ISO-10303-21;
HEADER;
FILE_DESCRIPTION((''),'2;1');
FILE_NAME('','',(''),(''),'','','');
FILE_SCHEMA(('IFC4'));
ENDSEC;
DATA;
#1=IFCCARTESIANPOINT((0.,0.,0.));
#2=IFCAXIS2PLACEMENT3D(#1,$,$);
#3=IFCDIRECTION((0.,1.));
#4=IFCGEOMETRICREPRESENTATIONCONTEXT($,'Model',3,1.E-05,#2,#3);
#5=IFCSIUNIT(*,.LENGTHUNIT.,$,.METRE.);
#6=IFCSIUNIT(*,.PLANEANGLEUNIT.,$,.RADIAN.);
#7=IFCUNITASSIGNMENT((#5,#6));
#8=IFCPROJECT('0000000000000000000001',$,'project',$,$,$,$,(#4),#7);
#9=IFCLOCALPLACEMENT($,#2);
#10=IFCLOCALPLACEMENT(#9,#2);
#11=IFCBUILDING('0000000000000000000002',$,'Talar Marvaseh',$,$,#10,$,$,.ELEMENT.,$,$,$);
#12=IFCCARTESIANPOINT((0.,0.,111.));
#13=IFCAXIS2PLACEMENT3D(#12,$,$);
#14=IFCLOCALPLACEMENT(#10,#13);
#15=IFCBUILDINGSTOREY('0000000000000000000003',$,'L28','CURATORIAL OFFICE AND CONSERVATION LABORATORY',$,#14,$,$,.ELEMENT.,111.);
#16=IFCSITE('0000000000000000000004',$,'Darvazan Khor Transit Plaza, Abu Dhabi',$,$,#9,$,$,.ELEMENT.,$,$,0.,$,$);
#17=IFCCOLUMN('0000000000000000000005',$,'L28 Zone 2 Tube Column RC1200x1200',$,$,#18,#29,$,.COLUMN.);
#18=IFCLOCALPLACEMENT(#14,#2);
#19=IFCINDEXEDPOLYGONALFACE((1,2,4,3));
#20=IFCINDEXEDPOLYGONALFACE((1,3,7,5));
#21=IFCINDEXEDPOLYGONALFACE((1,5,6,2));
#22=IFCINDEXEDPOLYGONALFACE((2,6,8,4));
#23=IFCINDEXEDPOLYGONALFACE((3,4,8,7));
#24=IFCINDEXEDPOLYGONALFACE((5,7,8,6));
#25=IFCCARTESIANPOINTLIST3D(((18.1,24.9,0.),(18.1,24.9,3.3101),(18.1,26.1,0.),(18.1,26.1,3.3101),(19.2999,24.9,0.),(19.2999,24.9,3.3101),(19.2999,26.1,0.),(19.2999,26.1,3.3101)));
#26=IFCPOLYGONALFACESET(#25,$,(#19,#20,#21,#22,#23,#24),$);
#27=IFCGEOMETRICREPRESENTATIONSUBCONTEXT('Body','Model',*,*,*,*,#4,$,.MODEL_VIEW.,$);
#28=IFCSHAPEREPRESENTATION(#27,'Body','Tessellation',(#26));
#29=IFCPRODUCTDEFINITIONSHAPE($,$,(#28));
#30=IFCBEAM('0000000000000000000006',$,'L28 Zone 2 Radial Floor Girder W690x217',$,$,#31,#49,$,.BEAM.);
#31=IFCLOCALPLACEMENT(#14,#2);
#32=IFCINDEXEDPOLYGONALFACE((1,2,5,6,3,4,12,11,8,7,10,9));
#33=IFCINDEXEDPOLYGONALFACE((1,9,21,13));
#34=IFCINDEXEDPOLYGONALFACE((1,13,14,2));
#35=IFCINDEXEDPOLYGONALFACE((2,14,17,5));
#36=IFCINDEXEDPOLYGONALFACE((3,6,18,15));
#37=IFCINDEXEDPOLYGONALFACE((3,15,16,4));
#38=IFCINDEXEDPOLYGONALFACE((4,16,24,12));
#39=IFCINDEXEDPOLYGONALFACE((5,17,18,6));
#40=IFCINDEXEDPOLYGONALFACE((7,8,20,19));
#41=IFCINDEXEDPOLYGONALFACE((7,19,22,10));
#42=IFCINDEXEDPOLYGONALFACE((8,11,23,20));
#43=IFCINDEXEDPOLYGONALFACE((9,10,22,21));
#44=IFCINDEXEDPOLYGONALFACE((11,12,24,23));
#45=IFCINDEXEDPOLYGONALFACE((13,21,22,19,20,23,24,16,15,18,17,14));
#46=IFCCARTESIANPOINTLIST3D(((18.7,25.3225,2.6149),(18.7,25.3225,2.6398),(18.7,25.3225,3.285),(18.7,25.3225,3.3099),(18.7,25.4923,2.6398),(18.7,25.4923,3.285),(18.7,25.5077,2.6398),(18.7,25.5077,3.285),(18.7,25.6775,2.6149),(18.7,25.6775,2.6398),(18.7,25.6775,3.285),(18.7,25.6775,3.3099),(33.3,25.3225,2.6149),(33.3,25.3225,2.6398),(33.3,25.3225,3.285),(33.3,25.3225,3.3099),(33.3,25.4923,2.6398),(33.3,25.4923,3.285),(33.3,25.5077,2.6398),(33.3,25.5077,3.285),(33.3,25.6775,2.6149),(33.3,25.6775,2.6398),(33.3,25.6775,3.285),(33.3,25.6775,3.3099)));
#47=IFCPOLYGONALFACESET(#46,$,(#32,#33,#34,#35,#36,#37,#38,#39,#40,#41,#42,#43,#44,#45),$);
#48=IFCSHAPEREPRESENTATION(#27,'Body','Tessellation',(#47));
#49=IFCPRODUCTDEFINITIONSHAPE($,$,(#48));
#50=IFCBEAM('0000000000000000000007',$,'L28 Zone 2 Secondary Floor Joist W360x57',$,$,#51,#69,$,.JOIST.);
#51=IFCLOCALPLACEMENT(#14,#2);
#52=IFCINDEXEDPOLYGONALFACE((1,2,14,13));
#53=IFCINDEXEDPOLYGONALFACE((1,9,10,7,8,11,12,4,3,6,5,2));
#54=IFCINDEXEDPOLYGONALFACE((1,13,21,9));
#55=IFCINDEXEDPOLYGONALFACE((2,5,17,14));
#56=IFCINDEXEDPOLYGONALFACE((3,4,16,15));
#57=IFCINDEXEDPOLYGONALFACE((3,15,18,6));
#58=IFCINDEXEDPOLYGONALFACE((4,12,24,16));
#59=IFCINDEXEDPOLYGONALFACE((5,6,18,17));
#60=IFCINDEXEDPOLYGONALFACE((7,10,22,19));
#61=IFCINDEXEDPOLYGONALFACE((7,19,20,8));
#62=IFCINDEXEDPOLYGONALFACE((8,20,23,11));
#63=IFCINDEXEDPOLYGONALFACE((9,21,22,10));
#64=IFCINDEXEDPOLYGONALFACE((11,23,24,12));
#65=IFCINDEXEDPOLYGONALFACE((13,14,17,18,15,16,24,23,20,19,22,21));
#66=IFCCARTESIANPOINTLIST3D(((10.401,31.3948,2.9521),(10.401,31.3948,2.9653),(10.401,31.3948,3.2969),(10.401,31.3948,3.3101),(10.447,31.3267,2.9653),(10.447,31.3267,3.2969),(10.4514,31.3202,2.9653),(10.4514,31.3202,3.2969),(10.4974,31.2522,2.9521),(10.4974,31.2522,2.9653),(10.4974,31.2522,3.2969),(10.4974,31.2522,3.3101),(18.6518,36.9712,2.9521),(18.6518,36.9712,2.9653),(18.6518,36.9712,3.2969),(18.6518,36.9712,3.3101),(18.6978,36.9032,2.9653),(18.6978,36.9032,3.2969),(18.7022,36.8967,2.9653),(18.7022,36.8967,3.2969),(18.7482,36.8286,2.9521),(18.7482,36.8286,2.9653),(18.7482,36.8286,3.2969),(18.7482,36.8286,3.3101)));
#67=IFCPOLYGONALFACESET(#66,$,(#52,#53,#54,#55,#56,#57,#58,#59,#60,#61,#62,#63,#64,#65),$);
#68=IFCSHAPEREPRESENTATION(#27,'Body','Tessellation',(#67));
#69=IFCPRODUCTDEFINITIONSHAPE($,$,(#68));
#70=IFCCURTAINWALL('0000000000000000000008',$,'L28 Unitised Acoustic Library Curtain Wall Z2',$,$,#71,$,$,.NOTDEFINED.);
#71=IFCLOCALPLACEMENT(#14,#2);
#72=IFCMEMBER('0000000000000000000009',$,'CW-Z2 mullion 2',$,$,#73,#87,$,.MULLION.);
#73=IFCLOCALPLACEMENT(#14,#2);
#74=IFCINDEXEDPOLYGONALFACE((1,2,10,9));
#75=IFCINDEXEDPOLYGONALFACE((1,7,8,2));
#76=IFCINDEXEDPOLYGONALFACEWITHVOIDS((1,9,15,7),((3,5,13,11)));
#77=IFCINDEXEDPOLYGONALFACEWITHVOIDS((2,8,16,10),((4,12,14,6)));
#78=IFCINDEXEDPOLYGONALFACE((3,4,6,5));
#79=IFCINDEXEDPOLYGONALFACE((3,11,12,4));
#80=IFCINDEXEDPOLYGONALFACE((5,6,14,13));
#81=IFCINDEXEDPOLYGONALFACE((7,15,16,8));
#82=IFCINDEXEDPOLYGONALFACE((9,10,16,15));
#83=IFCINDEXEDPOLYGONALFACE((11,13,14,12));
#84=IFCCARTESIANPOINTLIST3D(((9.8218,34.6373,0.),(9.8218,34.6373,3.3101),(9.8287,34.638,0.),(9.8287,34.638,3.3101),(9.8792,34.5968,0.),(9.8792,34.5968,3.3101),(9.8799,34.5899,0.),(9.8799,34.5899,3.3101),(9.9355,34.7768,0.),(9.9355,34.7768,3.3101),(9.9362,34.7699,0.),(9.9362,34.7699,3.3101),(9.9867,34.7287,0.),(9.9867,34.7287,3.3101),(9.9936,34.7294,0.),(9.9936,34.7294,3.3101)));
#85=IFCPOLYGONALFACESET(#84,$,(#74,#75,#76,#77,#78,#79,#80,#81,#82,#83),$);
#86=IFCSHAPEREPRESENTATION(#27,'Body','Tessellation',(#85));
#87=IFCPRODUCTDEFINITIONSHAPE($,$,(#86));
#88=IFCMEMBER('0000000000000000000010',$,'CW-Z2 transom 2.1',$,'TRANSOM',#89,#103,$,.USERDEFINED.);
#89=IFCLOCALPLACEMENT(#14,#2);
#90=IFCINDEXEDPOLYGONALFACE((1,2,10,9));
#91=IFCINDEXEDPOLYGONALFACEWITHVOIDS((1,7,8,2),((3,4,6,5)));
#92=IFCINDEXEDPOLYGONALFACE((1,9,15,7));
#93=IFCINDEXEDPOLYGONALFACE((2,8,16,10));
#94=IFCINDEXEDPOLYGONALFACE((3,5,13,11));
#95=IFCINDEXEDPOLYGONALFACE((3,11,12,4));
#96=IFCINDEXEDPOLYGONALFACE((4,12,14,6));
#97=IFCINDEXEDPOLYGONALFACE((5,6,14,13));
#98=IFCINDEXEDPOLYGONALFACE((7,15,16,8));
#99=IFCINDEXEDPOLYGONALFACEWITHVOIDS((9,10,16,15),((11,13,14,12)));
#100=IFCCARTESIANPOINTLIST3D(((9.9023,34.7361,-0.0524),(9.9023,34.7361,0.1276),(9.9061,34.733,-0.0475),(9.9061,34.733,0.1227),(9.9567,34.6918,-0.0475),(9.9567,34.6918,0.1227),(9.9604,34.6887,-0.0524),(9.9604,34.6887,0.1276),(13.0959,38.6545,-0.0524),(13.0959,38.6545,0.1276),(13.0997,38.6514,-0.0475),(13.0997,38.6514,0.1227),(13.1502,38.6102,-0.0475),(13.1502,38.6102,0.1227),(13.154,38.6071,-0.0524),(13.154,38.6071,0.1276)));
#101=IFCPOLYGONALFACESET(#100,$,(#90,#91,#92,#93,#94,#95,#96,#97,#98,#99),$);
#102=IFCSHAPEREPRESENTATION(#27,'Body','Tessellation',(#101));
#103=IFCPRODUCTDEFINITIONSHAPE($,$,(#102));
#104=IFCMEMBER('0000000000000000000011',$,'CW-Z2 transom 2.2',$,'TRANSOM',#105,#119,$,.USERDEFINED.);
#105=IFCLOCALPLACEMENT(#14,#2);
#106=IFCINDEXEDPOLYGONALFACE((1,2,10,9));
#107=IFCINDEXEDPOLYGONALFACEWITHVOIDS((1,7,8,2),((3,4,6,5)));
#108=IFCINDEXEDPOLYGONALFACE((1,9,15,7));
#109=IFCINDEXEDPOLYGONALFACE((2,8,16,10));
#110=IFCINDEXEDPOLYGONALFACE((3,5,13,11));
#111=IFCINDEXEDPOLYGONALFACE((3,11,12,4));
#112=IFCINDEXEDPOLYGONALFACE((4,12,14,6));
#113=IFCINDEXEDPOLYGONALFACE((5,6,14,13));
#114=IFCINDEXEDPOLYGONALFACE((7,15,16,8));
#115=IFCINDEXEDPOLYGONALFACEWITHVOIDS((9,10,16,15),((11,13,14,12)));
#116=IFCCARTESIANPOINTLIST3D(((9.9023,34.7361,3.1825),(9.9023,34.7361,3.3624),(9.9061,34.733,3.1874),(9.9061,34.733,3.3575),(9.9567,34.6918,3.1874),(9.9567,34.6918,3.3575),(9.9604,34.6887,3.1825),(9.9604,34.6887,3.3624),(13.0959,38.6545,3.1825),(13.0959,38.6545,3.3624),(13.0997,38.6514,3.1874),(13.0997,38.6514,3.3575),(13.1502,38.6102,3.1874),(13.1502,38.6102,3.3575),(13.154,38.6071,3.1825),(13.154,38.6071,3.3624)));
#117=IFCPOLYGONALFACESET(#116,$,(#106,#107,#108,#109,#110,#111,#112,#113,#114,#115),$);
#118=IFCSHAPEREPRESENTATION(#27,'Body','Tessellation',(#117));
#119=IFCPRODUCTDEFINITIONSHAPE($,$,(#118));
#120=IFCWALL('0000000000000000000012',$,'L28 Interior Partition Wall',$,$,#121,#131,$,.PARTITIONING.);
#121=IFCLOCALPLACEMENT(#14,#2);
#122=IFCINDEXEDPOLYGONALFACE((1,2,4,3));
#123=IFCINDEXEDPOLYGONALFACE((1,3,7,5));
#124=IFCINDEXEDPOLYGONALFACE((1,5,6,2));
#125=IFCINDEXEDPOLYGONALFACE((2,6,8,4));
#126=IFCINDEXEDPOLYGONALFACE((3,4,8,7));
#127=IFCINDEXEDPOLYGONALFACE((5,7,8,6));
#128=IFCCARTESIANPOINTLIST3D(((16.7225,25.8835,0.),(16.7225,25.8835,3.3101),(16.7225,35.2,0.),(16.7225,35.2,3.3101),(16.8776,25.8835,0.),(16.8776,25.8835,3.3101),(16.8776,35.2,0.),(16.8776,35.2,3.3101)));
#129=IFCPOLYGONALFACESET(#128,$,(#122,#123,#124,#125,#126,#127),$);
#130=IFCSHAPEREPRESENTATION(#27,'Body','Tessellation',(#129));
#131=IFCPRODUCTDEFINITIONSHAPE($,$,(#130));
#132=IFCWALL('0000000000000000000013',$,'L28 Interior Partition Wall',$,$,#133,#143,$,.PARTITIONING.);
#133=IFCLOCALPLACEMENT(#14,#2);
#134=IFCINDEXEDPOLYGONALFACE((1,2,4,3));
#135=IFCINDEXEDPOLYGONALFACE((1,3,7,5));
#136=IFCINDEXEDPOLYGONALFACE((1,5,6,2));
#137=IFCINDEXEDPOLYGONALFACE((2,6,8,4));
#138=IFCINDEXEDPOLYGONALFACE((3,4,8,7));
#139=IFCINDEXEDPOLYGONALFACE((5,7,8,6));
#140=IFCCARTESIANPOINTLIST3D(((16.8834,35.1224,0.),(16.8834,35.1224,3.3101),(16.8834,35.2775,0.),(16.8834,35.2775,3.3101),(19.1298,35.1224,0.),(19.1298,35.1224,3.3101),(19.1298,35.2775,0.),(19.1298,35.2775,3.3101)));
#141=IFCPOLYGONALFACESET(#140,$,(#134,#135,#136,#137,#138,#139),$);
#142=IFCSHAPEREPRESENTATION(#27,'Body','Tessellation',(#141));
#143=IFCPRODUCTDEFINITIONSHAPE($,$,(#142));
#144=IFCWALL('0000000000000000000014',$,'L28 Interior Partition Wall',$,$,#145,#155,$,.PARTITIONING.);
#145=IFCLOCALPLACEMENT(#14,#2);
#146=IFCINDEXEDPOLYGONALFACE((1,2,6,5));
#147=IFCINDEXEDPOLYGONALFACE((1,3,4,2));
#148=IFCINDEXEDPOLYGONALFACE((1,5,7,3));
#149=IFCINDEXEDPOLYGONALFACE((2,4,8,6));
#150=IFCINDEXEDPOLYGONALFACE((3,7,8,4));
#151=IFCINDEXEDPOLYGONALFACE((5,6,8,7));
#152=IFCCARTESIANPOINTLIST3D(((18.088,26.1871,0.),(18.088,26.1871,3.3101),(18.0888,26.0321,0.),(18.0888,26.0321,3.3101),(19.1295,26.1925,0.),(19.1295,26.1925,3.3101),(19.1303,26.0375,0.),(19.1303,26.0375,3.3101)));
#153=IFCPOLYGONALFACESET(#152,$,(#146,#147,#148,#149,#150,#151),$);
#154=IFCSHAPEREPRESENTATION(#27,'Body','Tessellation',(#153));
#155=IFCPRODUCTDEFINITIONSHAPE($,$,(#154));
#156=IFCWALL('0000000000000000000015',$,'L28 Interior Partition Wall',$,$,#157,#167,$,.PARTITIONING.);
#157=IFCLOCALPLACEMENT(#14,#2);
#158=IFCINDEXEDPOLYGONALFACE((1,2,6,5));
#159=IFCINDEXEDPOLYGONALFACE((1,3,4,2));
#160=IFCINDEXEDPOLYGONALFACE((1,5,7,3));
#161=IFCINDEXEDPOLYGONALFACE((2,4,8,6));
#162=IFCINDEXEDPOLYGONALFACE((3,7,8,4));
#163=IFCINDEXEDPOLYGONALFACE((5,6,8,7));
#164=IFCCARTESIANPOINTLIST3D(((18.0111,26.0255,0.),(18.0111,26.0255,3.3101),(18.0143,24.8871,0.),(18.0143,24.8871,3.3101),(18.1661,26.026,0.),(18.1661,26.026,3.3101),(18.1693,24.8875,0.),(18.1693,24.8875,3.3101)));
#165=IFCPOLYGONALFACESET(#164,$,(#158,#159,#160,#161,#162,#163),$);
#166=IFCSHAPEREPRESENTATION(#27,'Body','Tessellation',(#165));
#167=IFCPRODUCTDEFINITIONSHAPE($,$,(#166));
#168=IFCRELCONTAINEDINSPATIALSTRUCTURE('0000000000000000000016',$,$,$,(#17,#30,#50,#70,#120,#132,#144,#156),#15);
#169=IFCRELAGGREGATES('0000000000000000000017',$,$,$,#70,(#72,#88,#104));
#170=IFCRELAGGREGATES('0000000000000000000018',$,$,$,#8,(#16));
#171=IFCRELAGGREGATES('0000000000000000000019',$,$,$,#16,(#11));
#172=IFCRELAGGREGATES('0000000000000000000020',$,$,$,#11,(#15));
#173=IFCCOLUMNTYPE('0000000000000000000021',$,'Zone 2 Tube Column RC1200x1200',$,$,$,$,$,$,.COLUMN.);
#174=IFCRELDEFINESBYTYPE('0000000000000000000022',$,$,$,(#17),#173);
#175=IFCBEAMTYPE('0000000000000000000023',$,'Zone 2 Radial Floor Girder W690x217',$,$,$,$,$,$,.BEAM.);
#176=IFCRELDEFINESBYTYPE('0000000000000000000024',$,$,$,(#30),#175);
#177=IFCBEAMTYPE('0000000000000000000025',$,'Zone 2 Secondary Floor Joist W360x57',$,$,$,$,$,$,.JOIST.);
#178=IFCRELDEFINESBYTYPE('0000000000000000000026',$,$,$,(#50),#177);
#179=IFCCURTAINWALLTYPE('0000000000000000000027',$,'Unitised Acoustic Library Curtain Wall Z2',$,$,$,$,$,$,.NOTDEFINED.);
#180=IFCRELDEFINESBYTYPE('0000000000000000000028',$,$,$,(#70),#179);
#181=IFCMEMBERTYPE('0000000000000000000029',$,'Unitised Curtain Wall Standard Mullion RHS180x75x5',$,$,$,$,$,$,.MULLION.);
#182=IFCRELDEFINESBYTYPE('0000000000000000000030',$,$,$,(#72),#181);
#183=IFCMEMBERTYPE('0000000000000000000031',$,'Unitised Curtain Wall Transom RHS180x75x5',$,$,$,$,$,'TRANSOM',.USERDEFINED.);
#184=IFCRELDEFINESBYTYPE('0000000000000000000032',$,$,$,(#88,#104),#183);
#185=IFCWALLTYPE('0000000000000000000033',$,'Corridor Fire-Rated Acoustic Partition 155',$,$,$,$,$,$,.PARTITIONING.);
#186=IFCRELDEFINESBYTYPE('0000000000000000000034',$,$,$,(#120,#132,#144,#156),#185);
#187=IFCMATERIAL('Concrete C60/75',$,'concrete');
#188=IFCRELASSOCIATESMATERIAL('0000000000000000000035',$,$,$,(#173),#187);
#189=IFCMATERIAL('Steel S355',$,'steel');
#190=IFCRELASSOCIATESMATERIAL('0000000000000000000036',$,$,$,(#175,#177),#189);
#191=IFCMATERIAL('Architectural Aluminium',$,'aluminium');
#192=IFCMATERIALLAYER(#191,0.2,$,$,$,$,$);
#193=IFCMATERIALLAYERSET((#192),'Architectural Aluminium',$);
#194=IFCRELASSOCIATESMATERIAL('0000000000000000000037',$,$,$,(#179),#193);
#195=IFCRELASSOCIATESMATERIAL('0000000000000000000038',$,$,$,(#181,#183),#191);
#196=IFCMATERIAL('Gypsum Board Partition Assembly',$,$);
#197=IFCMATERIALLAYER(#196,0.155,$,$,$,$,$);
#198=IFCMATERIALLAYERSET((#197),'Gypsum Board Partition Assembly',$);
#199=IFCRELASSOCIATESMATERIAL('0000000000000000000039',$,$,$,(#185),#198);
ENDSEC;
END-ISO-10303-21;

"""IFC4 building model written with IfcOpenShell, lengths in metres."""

from ifc_helpers import new_model, si_unit, direction, frame, frame_2d, origin, origin_2d, place, context, subcontext, project, spatial, rectangle, hollow_rectangle, i_section, extrude, source, transform, mapped, material, layer, layer_set, material_profile, profile_set, type_object, type_shapes, element, aggregate, save


model = new_model("IFC4")

# Units and contexts
model_context = context("Model", 3, precision=1e-05, world=origin(), true_north=direction((0.0, 1.0)))
body_context = subcontext(model_context, "Body", "Model", "MODEL_VIEW")
ifc_project = project(units=[si_unit("LENGTHUNIT", "METRE"), si_unit("PLANEANGLEUNIT", "RADIAN")], contexts=[model_context])

# Site, building, storey
site_placement = place(None, origin())
site = spatial("IfcSite", under=ifc_project, at=site_placement, Name="Darvazan Khor Transit Plaza, Abu Dhabi", CompositionType="ELEMENT", RefElevation=0.0)
building_placement = place(site_placement, origin())
building = spatial("IfcBuilding", under=site, at=building_placement, Name="Talar Marvaseh", CompositionType="ELEMENT")
storey_placement = place(building_placement, frame((0.0, 0.0, 111.0)))
storey = spatial("IfcBuildingStorey", under=building, at=storey_placement, Name="L28", Description="CURATORIAL OFFICE AND CONSERVATION LABORATORY", CompositionType="ELEMENT", Elevation=111.0)

# Column
ifc_material_1 = material(Name="Concrete C60/75", Category="concrete")
ifc_material_profile_1 = material_profile(ifc_material_1, rectangle(XDim=1.2, YDim=1.2, at=origin_2d()), Name="RC1200x1200")
ifc_profile_set_1 = profile_set([ifc_material_profile_1], Name="Concrete C60/75")
column_type = type_object("IfcColumnType", Name="Zone 2 Tube Column RC1200x1200", PredefinedType="COLUMN", material=ifc_profile_set_1)
column_placement = place(storey_placement, frame((18.7, 25.5, 0.0), z_axis=(0.0, 0.0, 1.0), x_axis=(1.0, 0.0, 0.0)))
element("IfcColumn", 1, at=column_placement, inside=storey, type_object=column_type, Name="L28 Zone 2 Tube Column RC1200x1200", PredefinedType="COLUMN", context=body_context, shape_type="SweptSolid", body=[
    extrude(rectangle(XDim=1.2, YDim=1.2, at=origin_2d()), origin(), (0.0, 0.0, 1.0), 3.3101),
])

# Beams
ifc_material_2 = material(Name="Steel S355", Category="steel")
ifc_material_profile_2 = material_profile(ifc_material_2, i_section(OverallWidth=0.355, OverallDepth=0.6951, WebThickness=0.0154, FlangeThickness=0.0249, at=origin_2d()), Name="W690x217")
ifc_profile_set_2 = profile_set([ifc_material_profile_2], Name="Steel S355")
beam_type_1 = type_object("IfcBeamType", Name="Zone 2 Radial Floor Girder W690x217", PredefinedType="BEAM", material=ifc_profile_set_2)
beam_1_placement = place(storey_placement, frame((18.7, 25.5, 2.9624), z_axis=(1.0, 0.0, 0.0), x_axis=(0.0, 1.0, 0.0)))
element("IfcBeam", 2, at=beam_1_placement, inside=storey, type_object=beam_type_1, Name="L28 Zone 2 Radial Floor Girder W690x217", PredefinedType="BEAM", context=body_context, shape_type="SweptSolid", body=[
    extrude(i_section(OverallWidth=0.355, OverallDepth=0.6951, WebThickness=0.0154, FlangeThickness=0.0249, at=origin_2d()), origin(), (0.0, 0.0, 1.0), 14.6001),
])
ifc_material_profile_3 = material_profile(ifc_material_2, i_section(OverallWidth=0.1721, OverallDepth=0.3579, WebThickness=0.0078, FlangeThickness=0.0132, at=origin_2d()), Name="W360x57")
ifc_profile_set_3 = profile_set([ifc_material_profile_3], Name="Steel S355")
beam_type_2 = type_object("IfcBeamType", Name="Zone 2 Secondary Floor Joist W360x57", PredefinedType="JOIST", material=ifc_profile_set_3)
beam_2_placement = place(storey_placement, frame((10.4492, 31.3235, 3.1311), z_axis=(0.828515, 0.559967, 0.0), x_axis=(-0.559967, 0.828515, 0.0)))
element("IfcBeam", 3, at=beam_2_placement, inside=storey, type_object=beam_type_2, Name="L28 Zone 2 Secondary Floor Joist W360x57", PredefinedType="JOIST", context=body_context, shape_type="SweptSolid", body=[
    extrude(i_section(OverallWidth=0.1721, OverallDepth=0.3579, WebThickness=0.0078, FlangeThickness=0.0132, at=origin_2d()), origin(), (0.0, 0.0, 1.0), 9.9585),
])

# Curtain wall, members
ifc_material_3 = material(Name="Architectural Aluminium", Category="aluminium")
ifc_layer_1 = layer(ifc_material_3, 0.2)
ifc_layer_set_1 = layer_set([ifc_layer_1], Name="Architectural Aluminium")
curtain_wall_type = type_object("IfcCurtainWallType", Name="Unitised Acoustic Library Curtain Wall Z2", PredefinedType="NOTDEFINED", material=ifc_layer_set_1)
curtain_wall_placement = place(storey_placement, origin())
curtain_wall = element("IfcCurtainWall", 4, at=curtain_wall_placement, inside=storey, type_object=curtain_wall_type, Name="L28 Unitised Acoustic Library Curtain Wall Z2", PredefinedType="NOTDEFINED")
ifc_material_profile_4 = material_profile(ifc_material_3, hollow_rectangle(XDim=0.075, YDim=0.1799, WallThickness=0.0049, at=origin_2d()), Name="RHS180x75x5")
ifc_profile_set_4 = profile_set([ifc_material_profile_4], Name="Architectural Aluminium")
member_type_1 = type_object("IfcMemberType", Name="Unitised Curtain Wall Standard Mullion RHS180x75x5", PredefinedType="MULLION", material=ifc_profile_set_4)
shared_shape_1 = source(origin(), body_context, "Body", "SweptSolid", [
    extrude(hollow_rectangle(XDim=0.075, YDim=0.1799, WallThickness=0.0049, at=origin_2d()), origin(), (0.0, 0.0, 1.0), 3.3101),
])
type_shapes(member_type_1, [shared_shape_1])
member_1_placement = place(storey_placement, frame((9.9077, 34.6833, 0.0), z_axis=(0.0, 0.0, 1.0), x_axis=(-0.775146, 0.631782, 0.0)))
member_1 = element("IfcMember", 5, at=member_1_placement, type_object=member_type_1, Name="CW-Z2 mullion 2", PredefinedType="MULLION", context=body_context, shape_type="MappedRepresentation", body=[
    mapped(shared_shape_1, transform((0.0, 0.0, 0.0), x_axis=(1.0, 0.0, 0.0), y_axis=(0.0, 1.0, 0.0), z_axis=(0.0, 0.0, 1.0), scale=1.0)),
])
ifc_material_profile_5 = material_profile(ifc_material_3, hollow_rectangle(XDim=0.075, YDim=0.1799, WallThickness=0.0049, at=origin_2d()), Name="RHS180x75x5")
ifc_profile_set_5 = profile_set([ifc_material_profile_5], Name="Architectural Aluminium")
member_type_2 = type_object("IfcMemberType", Name="Unitised Curtain Wall Transom RHS180x75x5", ElementType="TRANSOM", PredefinedType="USERDEFINED", material=ifc_profile_set_5)
shared_shape_2 = source(origin(), body_context, "Body", "SweptSolid", [
    extrude(hollow_rectangle(XDim=0.075, YDim=0.1799, WallThickness=0.0049, at=origin_2d()), origin(), (0.0, 0.0, 1.0), 5.0549),
])
type_shapes(member_type_2, [shared_shape_2])
member_2_placement = place(storey_placement, frame((9.9314, 34.7124, 0.0376), z_axis=(0.631766, 0.775159, 0.0), x_axis=(-0.775159, 0.631766, 0.0)))
member_2 = element("IfcMember", 6, at=member_2_placement, type_object=member_type_2, Name="CW-Z2 transom 2.1", ObjectType="TRANSOM", PredefinedType="USERDEFINED", context=body_context, shape_type="MappedRepresentation", body=[
    mapped(shared_shape_2, transform((0.0, 0.0, 0.0), x_axis=(1.0, 0.0, 0.0), y_axis=(0.0, 1.0, 0.0), z_axis=(0.0, 0.0, 1.0), scale=1.0)),
])
member_3_placement = place(storey_placement, frame((9.9314, 34.7124, 3.2725), z_axis=(0.631766, 0.775159, 0.0), x_axis=(-0.775159, 0.631766, 0.0)))
member_3 = element("IfcMember", 7, at=member_3_placement, type_object=member_type_2, Name="CW-Z2 transom 2.2", ObjectType="TRANSOM", PredefinedType="USERDEFINED", context=body_context, shape_type="MappedRepresentation", body=[
    mapped(shared_shape_2, transform((0.0, 0.0, 0.0), x_axis=(1.0, 0.0, 0.0), y_axis=(0.0, 1.0, 0.0), z_axis=(0.0, 0.0, 1.0), scale=1.0)),
])
aggregate(curtain_wall, [member_1, member_2, member_3])

# Walls
ifc_material_4 = material(Name="Gypsum Board Partition Assembly")
ifc_layer_2 = layer(ifc_material_4, 0.155)
ifc_layer_set_2 = layer_set([ifc_layer_2], Name="Gypsum Board Partition Assembly")
wall_type_1 = type_object("IfcWallType", Name="Corridor Fire-Rated Acoustic Partition 155", PredefinedType="PARTITIONING", material=ifc_layer_set_2)
wall_1_placement = place(storey_placement, frame((16.8, 25.8835, 0.0), z_axis=(0.0, 0.0, 1.0), x_axis=(0.0, 1.0, 0.0)))
element("IfcWall", 8, at=wall_1_placement, inside=storey, type_object=wall_type_1, Name="L28 Interior Partition Wall", PredefinedType="PARTITIONING", context=body_context, shape_type="SweptSolid", body=[
    extrude(rectangle(XDim=9.3164, YDim=0.155, at=frame_2d((4.6582, 0.0))), origin(), (0.0, 0.0, 1.0), 3.3101),
])
wall_2_placement = place(storey_placement, frame((16.8835, 35.2, 0.0), z_axis=(0.0, 0.0, 1.0), x_axis=(1.0, 0.0, 0.0)))
element("IfcWall", 9, at=wall_2_placement, inside=storey, type_object=wall_type_1, Name="L28 Interior Partition Wall", PredefinedType="PARTITIONING", context=body_context, shape_type="SweptSolid", body=[
    extrude(rectangle(XDim=2.2463, YDim=0.155, at=frame_2d((1.123, 0.0))), origin(), (0.0, 0.0, 1.0), 3.3101),
])
wall_3_placement = place(storey_placement, frame((19.1299, 26.115, 0.0), z_axis=(0.0, 0.0, 1.0), x_axis=(-0.999987, -0.005157, 0.0)))
element("IfcWall", 10, at=wall_3_placement, inside=storey, type_object=wall_type_1, Name="L28 Interior Partition Wall", PredefinedType="PARTITIONING", context=body_context, shape_type="SweptSolid", body=[
    extrude(rectangle(XDim=1.0415, YDim=0.155, at=frame_2d((0.5208, 0.0))), origin(), (0.0, 0.0, 1.0), 3.3101),
])
wall_4_placement = place(storey_placement, frame((18.0886, 26.0259, 0.0), z_axis=(0.0, 0.0, 1.0), x_axis=(0.002788, -0.999996, 0.0)))
element("IfcWall", 11, at=wall_4_placement, inside=storey, type_object=wall_type_1, Name="L28 Interior Partition Wall", PredefinedType="PARTITIONING", context=body_context, shape_type="SweptSolid", body=[
    extrude(rectangle(XDim=1.1384, YDim=0.155, at=frame_2d((0.5693, 0.0))), origin(), (0.0, 0.0, 1.0), 3.3101),
])

save(model, "model.ifc")
